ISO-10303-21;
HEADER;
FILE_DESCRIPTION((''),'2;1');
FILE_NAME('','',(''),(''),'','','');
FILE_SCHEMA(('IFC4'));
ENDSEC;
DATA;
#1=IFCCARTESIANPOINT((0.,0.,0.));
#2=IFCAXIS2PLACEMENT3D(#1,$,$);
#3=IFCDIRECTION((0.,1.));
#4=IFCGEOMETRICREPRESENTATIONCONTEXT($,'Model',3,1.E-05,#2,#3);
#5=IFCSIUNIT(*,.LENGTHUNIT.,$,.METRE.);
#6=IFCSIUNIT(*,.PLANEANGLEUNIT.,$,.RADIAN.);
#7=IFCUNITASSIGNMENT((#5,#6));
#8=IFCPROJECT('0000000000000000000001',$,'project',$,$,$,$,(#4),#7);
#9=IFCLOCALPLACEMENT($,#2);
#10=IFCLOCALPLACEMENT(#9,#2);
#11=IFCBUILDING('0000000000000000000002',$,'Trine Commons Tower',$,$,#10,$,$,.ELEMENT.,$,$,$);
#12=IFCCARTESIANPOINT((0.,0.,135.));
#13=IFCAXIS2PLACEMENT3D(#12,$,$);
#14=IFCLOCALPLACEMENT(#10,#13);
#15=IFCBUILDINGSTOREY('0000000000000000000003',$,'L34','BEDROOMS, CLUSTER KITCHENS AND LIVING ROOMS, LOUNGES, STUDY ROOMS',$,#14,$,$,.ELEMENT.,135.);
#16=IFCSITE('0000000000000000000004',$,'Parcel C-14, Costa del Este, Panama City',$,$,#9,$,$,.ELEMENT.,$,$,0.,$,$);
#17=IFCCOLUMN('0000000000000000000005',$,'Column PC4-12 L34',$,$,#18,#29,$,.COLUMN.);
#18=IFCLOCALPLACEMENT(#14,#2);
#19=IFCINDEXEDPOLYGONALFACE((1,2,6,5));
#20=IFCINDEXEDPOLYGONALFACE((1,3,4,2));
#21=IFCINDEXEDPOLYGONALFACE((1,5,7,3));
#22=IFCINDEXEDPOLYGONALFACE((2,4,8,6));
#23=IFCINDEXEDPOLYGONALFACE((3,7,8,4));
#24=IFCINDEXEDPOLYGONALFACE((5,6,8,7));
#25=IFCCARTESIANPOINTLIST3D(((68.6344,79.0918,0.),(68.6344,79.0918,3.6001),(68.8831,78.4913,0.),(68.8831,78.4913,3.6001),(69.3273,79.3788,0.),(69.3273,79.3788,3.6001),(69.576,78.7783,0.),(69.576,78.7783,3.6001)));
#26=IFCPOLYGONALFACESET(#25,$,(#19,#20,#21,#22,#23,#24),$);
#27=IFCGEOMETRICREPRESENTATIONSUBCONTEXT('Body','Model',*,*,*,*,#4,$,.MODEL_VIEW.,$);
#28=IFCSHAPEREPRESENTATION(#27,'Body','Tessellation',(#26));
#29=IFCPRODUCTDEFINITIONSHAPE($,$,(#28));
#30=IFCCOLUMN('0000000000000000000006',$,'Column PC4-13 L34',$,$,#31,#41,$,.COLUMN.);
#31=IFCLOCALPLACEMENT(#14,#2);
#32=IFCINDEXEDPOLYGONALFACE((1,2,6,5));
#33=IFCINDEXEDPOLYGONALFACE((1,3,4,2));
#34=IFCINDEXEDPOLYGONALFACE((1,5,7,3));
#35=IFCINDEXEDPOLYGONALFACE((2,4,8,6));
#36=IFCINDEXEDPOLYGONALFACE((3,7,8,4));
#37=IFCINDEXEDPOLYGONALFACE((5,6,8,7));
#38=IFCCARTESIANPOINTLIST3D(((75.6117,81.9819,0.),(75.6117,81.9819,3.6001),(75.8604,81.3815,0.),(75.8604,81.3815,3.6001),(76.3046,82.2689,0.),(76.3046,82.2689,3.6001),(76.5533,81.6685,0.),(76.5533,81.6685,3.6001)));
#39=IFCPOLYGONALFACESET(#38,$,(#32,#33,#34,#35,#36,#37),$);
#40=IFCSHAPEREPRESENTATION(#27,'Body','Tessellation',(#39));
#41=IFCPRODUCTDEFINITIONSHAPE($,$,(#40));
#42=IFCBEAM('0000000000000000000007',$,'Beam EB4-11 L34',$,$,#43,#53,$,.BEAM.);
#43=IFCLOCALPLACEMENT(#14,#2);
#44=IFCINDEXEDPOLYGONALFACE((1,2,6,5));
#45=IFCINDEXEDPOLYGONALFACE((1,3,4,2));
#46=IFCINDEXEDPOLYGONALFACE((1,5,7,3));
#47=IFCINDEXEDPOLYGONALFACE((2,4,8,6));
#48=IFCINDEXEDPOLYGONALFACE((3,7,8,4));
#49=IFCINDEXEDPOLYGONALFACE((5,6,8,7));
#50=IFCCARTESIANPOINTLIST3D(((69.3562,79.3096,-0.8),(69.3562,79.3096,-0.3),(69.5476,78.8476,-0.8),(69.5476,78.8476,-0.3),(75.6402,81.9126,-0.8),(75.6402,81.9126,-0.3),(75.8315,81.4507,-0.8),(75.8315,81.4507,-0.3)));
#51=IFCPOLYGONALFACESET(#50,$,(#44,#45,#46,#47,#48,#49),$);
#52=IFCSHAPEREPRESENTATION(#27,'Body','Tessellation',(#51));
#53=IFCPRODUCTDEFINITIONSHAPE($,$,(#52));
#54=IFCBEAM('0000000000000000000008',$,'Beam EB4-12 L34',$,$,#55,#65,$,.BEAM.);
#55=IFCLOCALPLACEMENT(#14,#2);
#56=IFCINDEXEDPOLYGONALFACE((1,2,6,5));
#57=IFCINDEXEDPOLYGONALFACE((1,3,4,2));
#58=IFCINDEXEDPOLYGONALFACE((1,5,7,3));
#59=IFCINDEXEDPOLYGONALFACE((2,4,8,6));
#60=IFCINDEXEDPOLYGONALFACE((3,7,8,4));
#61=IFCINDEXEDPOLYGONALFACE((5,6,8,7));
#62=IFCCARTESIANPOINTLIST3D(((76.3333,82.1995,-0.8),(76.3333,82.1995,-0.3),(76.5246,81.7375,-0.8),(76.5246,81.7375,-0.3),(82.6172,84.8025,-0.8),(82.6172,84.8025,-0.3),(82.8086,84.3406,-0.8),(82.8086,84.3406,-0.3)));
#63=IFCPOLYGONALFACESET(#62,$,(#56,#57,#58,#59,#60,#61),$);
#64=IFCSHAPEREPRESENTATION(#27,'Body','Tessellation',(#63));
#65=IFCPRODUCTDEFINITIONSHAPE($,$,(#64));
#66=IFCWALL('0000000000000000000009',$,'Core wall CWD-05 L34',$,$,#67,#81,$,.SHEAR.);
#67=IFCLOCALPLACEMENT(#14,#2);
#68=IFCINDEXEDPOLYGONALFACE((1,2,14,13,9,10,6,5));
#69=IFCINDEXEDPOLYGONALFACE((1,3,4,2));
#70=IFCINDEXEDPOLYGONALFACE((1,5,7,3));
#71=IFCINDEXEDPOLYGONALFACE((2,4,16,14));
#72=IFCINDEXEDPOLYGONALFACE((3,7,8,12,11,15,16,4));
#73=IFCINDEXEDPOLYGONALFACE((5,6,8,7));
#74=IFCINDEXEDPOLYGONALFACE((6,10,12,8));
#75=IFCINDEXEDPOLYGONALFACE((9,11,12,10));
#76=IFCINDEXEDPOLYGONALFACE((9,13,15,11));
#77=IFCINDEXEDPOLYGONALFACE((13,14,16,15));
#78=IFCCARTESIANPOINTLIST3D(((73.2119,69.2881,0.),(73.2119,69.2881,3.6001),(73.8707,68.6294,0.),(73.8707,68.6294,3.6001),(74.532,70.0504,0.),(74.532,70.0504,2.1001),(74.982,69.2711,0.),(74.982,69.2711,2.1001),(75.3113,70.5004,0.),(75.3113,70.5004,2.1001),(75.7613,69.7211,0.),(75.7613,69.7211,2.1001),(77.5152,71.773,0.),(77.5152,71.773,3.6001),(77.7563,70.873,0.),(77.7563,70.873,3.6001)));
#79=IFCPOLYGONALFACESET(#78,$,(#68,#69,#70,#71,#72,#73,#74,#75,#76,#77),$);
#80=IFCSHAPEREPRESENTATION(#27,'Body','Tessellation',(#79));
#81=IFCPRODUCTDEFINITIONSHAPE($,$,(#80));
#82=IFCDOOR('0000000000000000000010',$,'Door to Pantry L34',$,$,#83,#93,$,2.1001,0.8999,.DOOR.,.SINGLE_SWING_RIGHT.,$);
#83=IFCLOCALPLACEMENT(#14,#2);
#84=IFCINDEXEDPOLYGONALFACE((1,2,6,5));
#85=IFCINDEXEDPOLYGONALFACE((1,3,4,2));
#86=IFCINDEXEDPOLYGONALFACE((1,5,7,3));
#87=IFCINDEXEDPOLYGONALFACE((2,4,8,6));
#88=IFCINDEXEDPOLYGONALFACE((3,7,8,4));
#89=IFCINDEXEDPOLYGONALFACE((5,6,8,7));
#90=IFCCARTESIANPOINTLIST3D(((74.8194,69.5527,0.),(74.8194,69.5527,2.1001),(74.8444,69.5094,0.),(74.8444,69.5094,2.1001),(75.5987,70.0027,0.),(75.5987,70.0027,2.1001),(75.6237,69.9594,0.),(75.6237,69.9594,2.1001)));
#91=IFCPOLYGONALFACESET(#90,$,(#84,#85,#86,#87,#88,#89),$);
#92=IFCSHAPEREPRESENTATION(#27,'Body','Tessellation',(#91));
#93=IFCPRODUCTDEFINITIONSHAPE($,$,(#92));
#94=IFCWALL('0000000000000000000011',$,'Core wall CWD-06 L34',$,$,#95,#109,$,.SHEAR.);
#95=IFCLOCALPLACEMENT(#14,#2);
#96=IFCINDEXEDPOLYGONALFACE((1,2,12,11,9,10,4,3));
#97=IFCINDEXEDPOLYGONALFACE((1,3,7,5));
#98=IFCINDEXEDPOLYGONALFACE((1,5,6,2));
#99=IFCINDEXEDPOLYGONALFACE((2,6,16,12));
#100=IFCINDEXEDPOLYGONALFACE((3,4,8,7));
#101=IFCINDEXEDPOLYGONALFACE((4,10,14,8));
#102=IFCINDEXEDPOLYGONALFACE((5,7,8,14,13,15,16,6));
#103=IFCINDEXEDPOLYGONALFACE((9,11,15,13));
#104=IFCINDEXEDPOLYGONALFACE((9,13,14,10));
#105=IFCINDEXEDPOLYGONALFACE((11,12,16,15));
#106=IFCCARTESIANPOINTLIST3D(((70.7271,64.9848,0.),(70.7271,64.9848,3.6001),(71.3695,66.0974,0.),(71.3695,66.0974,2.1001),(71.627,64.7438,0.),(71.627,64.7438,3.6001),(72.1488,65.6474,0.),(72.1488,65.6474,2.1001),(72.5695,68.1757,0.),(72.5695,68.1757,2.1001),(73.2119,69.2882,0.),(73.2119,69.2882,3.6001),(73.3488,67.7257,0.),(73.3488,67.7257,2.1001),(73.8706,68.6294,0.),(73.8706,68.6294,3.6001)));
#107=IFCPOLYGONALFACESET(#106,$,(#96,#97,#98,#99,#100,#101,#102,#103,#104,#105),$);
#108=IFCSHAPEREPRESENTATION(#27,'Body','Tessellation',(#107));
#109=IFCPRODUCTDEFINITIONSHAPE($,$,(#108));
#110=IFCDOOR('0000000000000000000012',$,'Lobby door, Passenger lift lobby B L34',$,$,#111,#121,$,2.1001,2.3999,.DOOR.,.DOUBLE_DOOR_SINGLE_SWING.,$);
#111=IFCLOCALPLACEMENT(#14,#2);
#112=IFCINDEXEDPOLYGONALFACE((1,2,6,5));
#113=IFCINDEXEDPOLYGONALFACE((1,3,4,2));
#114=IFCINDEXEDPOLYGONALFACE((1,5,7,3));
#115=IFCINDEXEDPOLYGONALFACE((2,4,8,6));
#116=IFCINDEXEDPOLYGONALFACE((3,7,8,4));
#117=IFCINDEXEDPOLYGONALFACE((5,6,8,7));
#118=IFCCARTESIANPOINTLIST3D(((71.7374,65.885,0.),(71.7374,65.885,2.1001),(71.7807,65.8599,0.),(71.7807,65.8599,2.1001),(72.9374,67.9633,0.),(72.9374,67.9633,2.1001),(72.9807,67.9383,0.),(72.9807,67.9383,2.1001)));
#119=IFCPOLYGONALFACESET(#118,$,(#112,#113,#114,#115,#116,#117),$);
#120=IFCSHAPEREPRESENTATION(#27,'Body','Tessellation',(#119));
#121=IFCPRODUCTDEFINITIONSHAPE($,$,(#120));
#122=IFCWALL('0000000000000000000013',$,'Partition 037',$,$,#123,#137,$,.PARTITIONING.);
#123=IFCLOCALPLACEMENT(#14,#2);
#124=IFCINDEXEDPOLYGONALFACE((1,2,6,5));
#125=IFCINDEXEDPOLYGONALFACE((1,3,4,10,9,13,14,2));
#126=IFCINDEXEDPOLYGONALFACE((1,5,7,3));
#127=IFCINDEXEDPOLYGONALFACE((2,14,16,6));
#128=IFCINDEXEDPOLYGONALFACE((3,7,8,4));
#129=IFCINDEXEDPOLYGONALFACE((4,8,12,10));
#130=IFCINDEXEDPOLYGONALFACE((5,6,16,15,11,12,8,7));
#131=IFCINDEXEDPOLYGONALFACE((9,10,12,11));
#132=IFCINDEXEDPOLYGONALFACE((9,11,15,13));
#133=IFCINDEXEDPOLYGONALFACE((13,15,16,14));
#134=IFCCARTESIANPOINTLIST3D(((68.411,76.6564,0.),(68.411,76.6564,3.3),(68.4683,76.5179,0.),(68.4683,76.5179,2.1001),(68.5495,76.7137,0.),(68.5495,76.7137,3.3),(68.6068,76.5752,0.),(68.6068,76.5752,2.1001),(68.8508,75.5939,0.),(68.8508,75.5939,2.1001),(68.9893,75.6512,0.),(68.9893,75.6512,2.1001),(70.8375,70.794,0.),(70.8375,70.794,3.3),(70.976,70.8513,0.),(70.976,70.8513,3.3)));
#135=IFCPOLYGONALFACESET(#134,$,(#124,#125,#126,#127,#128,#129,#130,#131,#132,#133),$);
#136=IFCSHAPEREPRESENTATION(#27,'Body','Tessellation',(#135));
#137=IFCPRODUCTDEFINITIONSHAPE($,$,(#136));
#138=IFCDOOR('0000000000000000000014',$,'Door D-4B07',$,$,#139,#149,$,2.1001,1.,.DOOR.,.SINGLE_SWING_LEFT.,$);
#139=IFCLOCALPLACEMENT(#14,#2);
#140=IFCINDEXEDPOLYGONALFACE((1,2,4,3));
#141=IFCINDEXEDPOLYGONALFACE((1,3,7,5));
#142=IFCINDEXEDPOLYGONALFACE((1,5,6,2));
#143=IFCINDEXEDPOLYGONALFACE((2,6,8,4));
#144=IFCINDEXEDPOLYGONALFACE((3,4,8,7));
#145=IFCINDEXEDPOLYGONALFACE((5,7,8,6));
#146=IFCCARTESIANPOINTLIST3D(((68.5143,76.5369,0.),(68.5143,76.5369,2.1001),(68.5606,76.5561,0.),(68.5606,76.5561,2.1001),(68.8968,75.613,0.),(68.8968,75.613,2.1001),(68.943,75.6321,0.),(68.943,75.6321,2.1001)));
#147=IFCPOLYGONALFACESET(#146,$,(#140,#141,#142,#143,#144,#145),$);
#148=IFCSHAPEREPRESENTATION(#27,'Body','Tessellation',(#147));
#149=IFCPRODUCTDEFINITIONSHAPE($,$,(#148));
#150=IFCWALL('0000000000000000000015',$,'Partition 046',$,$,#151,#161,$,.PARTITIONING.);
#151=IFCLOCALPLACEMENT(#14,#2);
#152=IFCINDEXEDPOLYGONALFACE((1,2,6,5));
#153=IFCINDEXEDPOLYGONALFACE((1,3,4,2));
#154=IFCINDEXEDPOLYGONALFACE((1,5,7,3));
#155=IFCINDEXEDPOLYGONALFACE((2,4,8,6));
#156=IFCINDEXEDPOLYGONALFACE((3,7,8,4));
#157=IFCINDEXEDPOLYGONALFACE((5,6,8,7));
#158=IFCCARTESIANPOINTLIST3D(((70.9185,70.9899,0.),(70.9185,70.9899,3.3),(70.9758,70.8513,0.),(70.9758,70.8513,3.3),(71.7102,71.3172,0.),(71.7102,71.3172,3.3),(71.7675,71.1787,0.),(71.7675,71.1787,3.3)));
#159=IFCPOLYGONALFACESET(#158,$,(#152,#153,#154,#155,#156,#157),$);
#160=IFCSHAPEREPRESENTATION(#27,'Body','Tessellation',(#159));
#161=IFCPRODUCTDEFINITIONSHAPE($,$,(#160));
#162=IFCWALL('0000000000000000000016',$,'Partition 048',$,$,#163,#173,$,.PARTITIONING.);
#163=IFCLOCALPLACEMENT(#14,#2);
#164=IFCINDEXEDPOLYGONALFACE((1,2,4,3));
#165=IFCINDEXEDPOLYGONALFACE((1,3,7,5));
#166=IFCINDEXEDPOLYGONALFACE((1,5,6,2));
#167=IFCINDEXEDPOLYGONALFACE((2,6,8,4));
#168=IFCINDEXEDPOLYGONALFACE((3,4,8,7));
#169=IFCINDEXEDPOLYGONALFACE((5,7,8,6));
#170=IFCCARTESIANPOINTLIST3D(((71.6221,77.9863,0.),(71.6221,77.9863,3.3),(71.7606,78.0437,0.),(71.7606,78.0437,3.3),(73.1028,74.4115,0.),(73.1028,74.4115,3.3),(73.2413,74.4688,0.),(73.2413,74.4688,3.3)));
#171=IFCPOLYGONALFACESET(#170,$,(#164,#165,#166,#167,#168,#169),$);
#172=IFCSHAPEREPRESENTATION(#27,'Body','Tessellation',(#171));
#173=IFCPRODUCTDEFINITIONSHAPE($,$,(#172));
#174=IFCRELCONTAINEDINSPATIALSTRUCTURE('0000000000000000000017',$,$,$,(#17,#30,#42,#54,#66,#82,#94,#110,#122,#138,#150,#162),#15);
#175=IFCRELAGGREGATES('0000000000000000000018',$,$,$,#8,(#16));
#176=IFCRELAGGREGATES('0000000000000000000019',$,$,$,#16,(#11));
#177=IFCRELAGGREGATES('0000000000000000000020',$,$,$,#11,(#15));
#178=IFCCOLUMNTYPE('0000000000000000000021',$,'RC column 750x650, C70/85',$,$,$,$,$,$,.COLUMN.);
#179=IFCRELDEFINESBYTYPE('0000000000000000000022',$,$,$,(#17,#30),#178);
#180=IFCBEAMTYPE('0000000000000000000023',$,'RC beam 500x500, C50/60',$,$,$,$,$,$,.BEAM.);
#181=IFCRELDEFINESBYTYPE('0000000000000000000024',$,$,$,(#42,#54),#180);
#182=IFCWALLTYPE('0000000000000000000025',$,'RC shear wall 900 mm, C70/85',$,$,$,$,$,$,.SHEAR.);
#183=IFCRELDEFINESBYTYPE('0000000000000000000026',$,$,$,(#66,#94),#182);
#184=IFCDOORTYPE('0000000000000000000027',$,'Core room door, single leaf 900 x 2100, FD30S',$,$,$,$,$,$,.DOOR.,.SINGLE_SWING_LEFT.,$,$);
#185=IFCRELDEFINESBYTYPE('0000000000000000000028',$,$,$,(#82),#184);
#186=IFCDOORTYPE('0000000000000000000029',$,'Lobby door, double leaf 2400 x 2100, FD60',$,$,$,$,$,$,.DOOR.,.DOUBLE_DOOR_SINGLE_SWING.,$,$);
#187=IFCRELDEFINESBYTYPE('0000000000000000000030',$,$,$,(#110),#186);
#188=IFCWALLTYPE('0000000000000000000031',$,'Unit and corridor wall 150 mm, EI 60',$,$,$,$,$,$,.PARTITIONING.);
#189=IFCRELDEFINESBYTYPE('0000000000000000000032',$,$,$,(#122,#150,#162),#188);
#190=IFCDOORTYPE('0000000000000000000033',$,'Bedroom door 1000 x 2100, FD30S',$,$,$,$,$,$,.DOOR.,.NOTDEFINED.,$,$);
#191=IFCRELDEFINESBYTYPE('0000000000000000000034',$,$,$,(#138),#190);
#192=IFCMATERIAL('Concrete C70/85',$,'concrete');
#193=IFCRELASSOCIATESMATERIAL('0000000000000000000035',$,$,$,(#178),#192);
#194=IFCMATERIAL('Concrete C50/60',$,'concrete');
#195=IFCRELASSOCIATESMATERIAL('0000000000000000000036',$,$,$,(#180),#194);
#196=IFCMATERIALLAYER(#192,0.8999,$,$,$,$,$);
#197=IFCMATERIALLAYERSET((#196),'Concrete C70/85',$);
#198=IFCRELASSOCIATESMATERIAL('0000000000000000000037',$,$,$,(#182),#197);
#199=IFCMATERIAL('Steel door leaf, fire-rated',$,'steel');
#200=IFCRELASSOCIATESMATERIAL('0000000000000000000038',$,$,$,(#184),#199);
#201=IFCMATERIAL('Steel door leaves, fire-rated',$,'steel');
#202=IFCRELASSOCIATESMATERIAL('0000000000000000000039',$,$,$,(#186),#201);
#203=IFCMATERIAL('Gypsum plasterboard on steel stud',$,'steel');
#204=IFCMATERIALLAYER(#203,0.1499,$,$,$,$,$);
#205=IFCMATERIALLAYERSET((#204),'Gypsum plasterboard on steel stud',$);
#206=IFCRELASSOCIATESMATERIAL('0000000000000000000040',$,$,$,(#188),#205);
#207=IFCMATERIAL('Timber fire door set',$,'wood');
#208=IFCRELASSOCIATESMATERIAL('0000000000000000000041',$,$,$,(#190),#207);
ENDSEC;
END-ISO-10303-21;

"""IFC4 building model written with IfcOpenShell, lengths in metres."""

from ifc_helpers import new_model, si_unit, direction, frame, frame_2d, origin, origin_2d, place, context, subcontext, project, spatial, polyline, rectangle, outline, extrude, material, layer, layer_set, material_profile, profile_set, type_object, element, fill, save


model = new_model("IFC4")

# Units and contexts
model_context = context("Model", 3, precision=1e-05, world=origin(), true_north=direction((0.0, 1.0)))
body_context = subcontext(model_context, "Body", "Model", "MODEL_VIEW")
ifc_project = project(units=[si_unit("LENGTHUNIT", "METRE"), si_unit("PLANEANGLEUNIT", "RADIAN")], contexts=[model_context])

# Site, building, storey
site_placement = place(None, origin())
site = spatial("IfcSite", under=ifc_project, at=site_placement, Name="Parcel C-14, Costa del Este, Panama City", CompositionType="ELEMENT", RefElevation=0.0)
building_placement = place(site_placement, origin())
building = spatial("IfcBuilding", under=site, at=building_placement, Name="Trine Commons Tower", CompositionType="ELEMENT")
storey_placement = place(building_placement, frame((0.0, 0.0, 135.0)))
storey = spatial("IfcBuildingStorey", under=building, at=storey_placement, Name="L34", Description="BEDROOMS, CLUSTER KITCHENS AND LIVING ROOMS, LOUNGES, STUDY ROOMS", CompositionType="ELEMENT", Elevation=135.0)

# Columns
ifc_material_1 = material(Name="Concrete C70/85", Category="concrete")
ifc_material_profile_1 = material_profile(ifc_material_1, rectangle(XDim=0.75, YDim=0.6499, at=origin_2d()), Name="RC 750x650")
ifc_profile_set_1 = profile_set([ifc_material_profile_1], Name="Concrete C70/85")
column_type = type_object("IfcColumnType", Name="RC column 750x650, C70/85", PredefinedType="COLUMN", material=ifc_profile_set_1)
for number, where, z_axis, x_axis, name in (
    (1, (69.1052, 78.9351, 0.0), (0.0, 0.0, 1.0), (0.92388, 0.382683, 0.0), "Column PC4-12 L34"),
    (2, (76.0825, 81.8252, 0.0), (0.0, 0.0, 1.0), (0.92388, 0.382683, 0.0), "Column PC4-13 L34"),
):
    element("IfcColumn", number, at=place(storey_placement, frame(where, z_axis=z_axis, x_axis=x_axis)), inside=storey, type_object=column_type, Name=name, PredefinedType="COLUMN", context=body_context, shape_type="SweptSolid", body=[
        extrude(rectangle(XDim=0.75, YDim=0.6499, at=origin_2d()), origin(), (0.0, 0.0, 1.0), 3.6001),
    ])

# Beams
ifc_material_2 = material(Name="Concrete C50/60", Category="concrete")
ifc_material_profile_2 = material_profile(ifc_material_2, rectangle(XDim=0.5, YDim=0.5, at=origin_2d()), Name="RC 500x500")
ifc_profile_set_2 = profile_set([ifc_material_profile_2], Name="Concrete C50/60")
beam_type = type_object("IfcBeamType", Name="RC beam 500x500, C50/60", PredefinedType="BEAM", material=ifc_profile_set_2)
for number, where, z_axis, x_axis, name in (
    (3, (69.4519, 79.0786, -0.55), (0.923872, 0.382701, 0.0), (-0.382701, 0.923872, 0.0), "Beam EB4-11 L34"),
    (4, (76.429, 81.9685, -0.55), (0.923872, 0.382701, 0.0), (-0.382701, 0.923872, 0.0), "Beam EB4-12 L34"),
):
    element("IfcBeam", number, at=place(storey_placement, frame(where, z_axis=z_axis, x_axis=x_axis)), inside=storey, type_object=beam_type, Name=name, PredefinedType="BEAM", context=body_context, shape_type="SweptSolid", body=[
        extrude(rectangle(XDim=0.5, YDim=0.5, at=origin_2d()), origin(), (0.0, 0.0, 1.0), 6.8018),
    ])

# Walls, openings, doors
ifc_layer_1 = layer(ifc_material_1, 0.8999)
ifc_layer_set_1 = layer_set([ifc_layer_1], Name="Concrete C70/85")
wall_type_1 = type_object("IfcWallType", Name="RC shear wall 900 mm, C70/85", PredefinedType="SHEAR", material=ifc_layer_set_1)
wall_1_placement = place(storey_placement, frame((77.7402, 71.3833, 0.0), z_axis=(0.0, 0.0, 1.0), x_axis=(-0.866003, -0.500039, 0.0)))
wall_1 = element("IfcWall", 5, at=wall_1_placement, inside=storey, type_object=wall_type_1, Name="Core wall CWD-05 L34", PredefinedType="SHEAR", context=body_context, shape_type="SweptSolid", body=[
    extrude(outline(polyline([(0.0, -0.45), (4.9692, -0.45), (4.728, 0.45), (0.2412, 0.45), (0.0, -0.45)])), origin(), (0.0, 0.0, 1.0), 3.6001),
])
opening_1_placement = place(wall_1_placement, frame((2.5449, 0.0, 0.0)))
opening_1 = element("IfcOpeningElement", 6, at=opening_1_placement, cuts=wall_1, PredefinedType="OPENING", context=body_context, shape_type="SweptSolid", body=[
    extrude(rectangle(XDim=0.8999, YDim=2.1001, at=frame_2d((0.45, 1.05))), frame((0.0, 0.46, 0.0), z_axis=(0.0, -1.0, 0.0), x_axis=(1.0, 0.0, 0.0)), (0.0, 0.0, 1.0), 0.9199),
])
ifc_material_3 = material(Name="Steel door leaf, fire-rated", Category="steel")
door_type_1 = type_object("IfcDoorType", Name="Core room door, single leaf 900 x 2100, FD30S", OperationType="SINGLE_SWING_LEFT", PredefinedType="DOOR", material=ifc_material_3)
door_1_placement = place(opening_1_placement, origin())
door_1 = element("IfcDoor", 7, at=door_1_placement, inside=storey, type_object=door_type_1, Name="Door to Pantry L34", OperationType="SINGLE_SWING_RIGHT", OverallHeight=2.1001, OverallWidth=0.8999, PredefinedType="DOOR", context=body_context, shape_type="SweptSolid", body=[
    extrude(rectangle(XDim=0.8999, YDim=2.1001, at=frame_2d((0.45, 1.05))), frame((0.0, 0.1748, 0.0), z_axis=(0.0, -1.0, 0.0), x_axis=(1.0, 0.0, 0.0)), (0.0, 0.0, 1.0), 0.05),
])
fill(opening_1, door_1)
wall_2_placement = place(storey_placement, frame((73.6016, 69.0632, 0.0), z_axis=(0.0, 0.0, 1.0), x_axis=(-0.500039, -0.866003, 0.0)))
wall_2 = element("IfcWall", 8, at=wall_2_placement, inside=storey, type_object=wall_type_1, Name="Core wall CWD-06 L34", PredefinedType="SHEAR", context=body_context, shape_type="SweptSolid", body=[
    extrude(outline(polyline([(0.0, -0.45), (4.9692, -0.45), (4.728, 0.45), (0.2412, 0.45), (0.0, -0.45)])), origin(), (0.0, 0.0, 1.0), 3.6001),
])
opening_2_placement = place(wall_2_placement, frame((1.2847, 0.0, 0.0)))
opening_2 = element("IfcOpeningElement", 9, at=opening_2_placement, cuts=wall_2, PredefinedType="OPENING", context=body_context, shape_type="SweptSolid", body=[
    extrude(rectangle(XDim=2.3999, YDim=2.1001, at=frame_2d((1.2, 1.05))), frame((0.0, 0.46, 0.0), z_axis=(0.0, -1.0, 0.0), x_axis=(1.0, 0.0, 0.0)), (0.0, 0.0, 1.0), 0.9199),
])
ifc_material_4 = material(Name="Steel door leaves, fire-rated", Category="steel")
door_type_2 = type_object("IfcDoorType", Name="Lobby door, double leaf 2400 x 2100, FD60", OperationType="DOUBLE_DOOR_SINGLE_SWING", PredefinedType="DOOR", material=ifc_material_4)
door_2_placement = place(opening_2_placement, origin())
door_2 = element("IfcDoor", 10, at=door_2_placement, inside=storey, type_object=door_type_2, Name="Lobby door, Passenger lift lobby B L34", OperationType="DOUBLE_DOOR_SINGLE_SWING", OverallHeight=2.1001, OverallWidth=2.3999, PredefinedType="DOOR", context=body_context, shape_type="SweptSolid", body=[
    extrude(rectangle(XDim=2.3999, YDim=2.1001, at=frame_2d((1.2, 1.05))), frame((0.0, 0.0249, 0.0), z_axis=(0.0, -1.0, 0.0), x_axis=(1.0, 0.0, 0.0)), (0.0, 0.0, 1.0), 0.05),
])
fill(opening_2, door_2)
ifc_material_5 = material(Name="Gypsum plasterboard on steel stud", Category="steel")
ifc_layer_2 = layer(ifc_material_5, 0.1499)
ifc_layer_set_2 = layer_set([ifc_layer_2], Name="Gypsum plasterboard on steel stud")
wall_type_2 = type_object("IfcWallType", Name="Unit and corridor wall 150 mm, EI 60", PredefinedType="PARTITIONING", material=ifc_layer_set_2)
wall_3_placement = place(storey_placement, frame((68.4802, 76.6851, 0.0), z_axis=(0.0, 0.0, 1.0), x_axis=(0.38245, -0.923976, 0.0)))
wall_3 = element("IfcWall", 11, at=wall_3_placement, inside=storey, type_object=wall_type_2, Name="Partition 037", PredefinedType="PARTITIONING", context=body_context, shape_type="SweptSolid", body=[
    extrude(rectangle(XDim=6.3447, YDim=0.1499, at=frame_2d((3.1724, 0.0))), origin(), (0.0, 0.0, 1.0), 3.3),
])
opening_3_placement = place(wall_3_placement, frame((0.1499, 0.0, 0.0)))
opening_3 = element("IfcOpeningElement", 12, at=opening_3_placement, cuts=wall_3, PredefinedType="OPENING", context=body_context, shape_type="SweptSolid", body=[
    extrude(rectangle(XDim=1.0, YDim=2.1001, at=frame_2d((0.5, 1.05))), frame((0.0, 0.085, 0.0), z_axis=(0.0, -1.0, 0.0), x_axis=(1.0, 0.0, 0.0)), (0.0, 0.0, 1.0), 0.1699),
])
ifc_material_6 = material(Name="Timber fire door set", Category="wood")
door_type_3 = type_object("IfcDoorType", Name="Bedroom door 1000 x 2100, FD30S", OperationType="NOTDEFINED", PredefinedType="DOOR", material=ifc_material_6)
door_3_placement = place(opening_3_placement, origin())
door_3 = element("IfcDoor", 13, at=door_3_placement, inside=storey, type_object=door_type_3, Name="Door D-4B07", OperationType="SINGLE_SWING_LEFT", OverallHeight=2.1001, OverallWidth=1.0, PredefinedType="DOOR", context=body_context, shape_type="SweptSolid", body=[
    extrude(rectangle(XDim=1.0, YDim=2.1001, at=frame_2d((0.5, 1.05))), frame((0.0, 0.0249, 0.0), z_axis=(0.0, -1.0, 0.0), x_axis=(1.0, 0.0, 0.0)), (0.0, 0.0, 1.0), 0.05),
])
fill(opening_3, door_3)

# Walls
wall_4_placement = place(storey_placement, frame((70.9473, 70.9207, 0.0), z_axis=(0.0, 0.0, 1.0), x_axis=(0.924111, 0.382125, 0.0)))
element("IfcWall", 14, at=wall_4_placement, inside=storey, type_object=wall_type_2, Name="Partition 046", PredefinedType="PARTITIONING", context=body_context, shape_type="SweptSolid", body=[
    extrude(rectangle(XDim=0.8567, YDim=0.1499, at=frame_2d((0.4282, 0.0))), origin(), (0.0, 0.0, 1.0), 3.3),
])
wall_5_placement = place(storey_placement, frame((71.6914, 78.0149, 0.0), z_axis=(0.0, 0.0, 1.0), x_axis=(0.382666, -0.923887, 0.0)))
element("IfcWall", 15, at=wall_5_placement, inside=storey, type_object=wall_type_2, Name="Partition 048", PredefinedType="PARTITIONING", context=body_context, shape_type="SweptSolid", body=[
    extrude(rectangle(XDim=3.8694, YDim=0.1499, at=frame_2d((1.9346, 0.0))), origin(), (0.0, 0.0, 1.0), 3.3),
])

save(model, "model.ifc")
